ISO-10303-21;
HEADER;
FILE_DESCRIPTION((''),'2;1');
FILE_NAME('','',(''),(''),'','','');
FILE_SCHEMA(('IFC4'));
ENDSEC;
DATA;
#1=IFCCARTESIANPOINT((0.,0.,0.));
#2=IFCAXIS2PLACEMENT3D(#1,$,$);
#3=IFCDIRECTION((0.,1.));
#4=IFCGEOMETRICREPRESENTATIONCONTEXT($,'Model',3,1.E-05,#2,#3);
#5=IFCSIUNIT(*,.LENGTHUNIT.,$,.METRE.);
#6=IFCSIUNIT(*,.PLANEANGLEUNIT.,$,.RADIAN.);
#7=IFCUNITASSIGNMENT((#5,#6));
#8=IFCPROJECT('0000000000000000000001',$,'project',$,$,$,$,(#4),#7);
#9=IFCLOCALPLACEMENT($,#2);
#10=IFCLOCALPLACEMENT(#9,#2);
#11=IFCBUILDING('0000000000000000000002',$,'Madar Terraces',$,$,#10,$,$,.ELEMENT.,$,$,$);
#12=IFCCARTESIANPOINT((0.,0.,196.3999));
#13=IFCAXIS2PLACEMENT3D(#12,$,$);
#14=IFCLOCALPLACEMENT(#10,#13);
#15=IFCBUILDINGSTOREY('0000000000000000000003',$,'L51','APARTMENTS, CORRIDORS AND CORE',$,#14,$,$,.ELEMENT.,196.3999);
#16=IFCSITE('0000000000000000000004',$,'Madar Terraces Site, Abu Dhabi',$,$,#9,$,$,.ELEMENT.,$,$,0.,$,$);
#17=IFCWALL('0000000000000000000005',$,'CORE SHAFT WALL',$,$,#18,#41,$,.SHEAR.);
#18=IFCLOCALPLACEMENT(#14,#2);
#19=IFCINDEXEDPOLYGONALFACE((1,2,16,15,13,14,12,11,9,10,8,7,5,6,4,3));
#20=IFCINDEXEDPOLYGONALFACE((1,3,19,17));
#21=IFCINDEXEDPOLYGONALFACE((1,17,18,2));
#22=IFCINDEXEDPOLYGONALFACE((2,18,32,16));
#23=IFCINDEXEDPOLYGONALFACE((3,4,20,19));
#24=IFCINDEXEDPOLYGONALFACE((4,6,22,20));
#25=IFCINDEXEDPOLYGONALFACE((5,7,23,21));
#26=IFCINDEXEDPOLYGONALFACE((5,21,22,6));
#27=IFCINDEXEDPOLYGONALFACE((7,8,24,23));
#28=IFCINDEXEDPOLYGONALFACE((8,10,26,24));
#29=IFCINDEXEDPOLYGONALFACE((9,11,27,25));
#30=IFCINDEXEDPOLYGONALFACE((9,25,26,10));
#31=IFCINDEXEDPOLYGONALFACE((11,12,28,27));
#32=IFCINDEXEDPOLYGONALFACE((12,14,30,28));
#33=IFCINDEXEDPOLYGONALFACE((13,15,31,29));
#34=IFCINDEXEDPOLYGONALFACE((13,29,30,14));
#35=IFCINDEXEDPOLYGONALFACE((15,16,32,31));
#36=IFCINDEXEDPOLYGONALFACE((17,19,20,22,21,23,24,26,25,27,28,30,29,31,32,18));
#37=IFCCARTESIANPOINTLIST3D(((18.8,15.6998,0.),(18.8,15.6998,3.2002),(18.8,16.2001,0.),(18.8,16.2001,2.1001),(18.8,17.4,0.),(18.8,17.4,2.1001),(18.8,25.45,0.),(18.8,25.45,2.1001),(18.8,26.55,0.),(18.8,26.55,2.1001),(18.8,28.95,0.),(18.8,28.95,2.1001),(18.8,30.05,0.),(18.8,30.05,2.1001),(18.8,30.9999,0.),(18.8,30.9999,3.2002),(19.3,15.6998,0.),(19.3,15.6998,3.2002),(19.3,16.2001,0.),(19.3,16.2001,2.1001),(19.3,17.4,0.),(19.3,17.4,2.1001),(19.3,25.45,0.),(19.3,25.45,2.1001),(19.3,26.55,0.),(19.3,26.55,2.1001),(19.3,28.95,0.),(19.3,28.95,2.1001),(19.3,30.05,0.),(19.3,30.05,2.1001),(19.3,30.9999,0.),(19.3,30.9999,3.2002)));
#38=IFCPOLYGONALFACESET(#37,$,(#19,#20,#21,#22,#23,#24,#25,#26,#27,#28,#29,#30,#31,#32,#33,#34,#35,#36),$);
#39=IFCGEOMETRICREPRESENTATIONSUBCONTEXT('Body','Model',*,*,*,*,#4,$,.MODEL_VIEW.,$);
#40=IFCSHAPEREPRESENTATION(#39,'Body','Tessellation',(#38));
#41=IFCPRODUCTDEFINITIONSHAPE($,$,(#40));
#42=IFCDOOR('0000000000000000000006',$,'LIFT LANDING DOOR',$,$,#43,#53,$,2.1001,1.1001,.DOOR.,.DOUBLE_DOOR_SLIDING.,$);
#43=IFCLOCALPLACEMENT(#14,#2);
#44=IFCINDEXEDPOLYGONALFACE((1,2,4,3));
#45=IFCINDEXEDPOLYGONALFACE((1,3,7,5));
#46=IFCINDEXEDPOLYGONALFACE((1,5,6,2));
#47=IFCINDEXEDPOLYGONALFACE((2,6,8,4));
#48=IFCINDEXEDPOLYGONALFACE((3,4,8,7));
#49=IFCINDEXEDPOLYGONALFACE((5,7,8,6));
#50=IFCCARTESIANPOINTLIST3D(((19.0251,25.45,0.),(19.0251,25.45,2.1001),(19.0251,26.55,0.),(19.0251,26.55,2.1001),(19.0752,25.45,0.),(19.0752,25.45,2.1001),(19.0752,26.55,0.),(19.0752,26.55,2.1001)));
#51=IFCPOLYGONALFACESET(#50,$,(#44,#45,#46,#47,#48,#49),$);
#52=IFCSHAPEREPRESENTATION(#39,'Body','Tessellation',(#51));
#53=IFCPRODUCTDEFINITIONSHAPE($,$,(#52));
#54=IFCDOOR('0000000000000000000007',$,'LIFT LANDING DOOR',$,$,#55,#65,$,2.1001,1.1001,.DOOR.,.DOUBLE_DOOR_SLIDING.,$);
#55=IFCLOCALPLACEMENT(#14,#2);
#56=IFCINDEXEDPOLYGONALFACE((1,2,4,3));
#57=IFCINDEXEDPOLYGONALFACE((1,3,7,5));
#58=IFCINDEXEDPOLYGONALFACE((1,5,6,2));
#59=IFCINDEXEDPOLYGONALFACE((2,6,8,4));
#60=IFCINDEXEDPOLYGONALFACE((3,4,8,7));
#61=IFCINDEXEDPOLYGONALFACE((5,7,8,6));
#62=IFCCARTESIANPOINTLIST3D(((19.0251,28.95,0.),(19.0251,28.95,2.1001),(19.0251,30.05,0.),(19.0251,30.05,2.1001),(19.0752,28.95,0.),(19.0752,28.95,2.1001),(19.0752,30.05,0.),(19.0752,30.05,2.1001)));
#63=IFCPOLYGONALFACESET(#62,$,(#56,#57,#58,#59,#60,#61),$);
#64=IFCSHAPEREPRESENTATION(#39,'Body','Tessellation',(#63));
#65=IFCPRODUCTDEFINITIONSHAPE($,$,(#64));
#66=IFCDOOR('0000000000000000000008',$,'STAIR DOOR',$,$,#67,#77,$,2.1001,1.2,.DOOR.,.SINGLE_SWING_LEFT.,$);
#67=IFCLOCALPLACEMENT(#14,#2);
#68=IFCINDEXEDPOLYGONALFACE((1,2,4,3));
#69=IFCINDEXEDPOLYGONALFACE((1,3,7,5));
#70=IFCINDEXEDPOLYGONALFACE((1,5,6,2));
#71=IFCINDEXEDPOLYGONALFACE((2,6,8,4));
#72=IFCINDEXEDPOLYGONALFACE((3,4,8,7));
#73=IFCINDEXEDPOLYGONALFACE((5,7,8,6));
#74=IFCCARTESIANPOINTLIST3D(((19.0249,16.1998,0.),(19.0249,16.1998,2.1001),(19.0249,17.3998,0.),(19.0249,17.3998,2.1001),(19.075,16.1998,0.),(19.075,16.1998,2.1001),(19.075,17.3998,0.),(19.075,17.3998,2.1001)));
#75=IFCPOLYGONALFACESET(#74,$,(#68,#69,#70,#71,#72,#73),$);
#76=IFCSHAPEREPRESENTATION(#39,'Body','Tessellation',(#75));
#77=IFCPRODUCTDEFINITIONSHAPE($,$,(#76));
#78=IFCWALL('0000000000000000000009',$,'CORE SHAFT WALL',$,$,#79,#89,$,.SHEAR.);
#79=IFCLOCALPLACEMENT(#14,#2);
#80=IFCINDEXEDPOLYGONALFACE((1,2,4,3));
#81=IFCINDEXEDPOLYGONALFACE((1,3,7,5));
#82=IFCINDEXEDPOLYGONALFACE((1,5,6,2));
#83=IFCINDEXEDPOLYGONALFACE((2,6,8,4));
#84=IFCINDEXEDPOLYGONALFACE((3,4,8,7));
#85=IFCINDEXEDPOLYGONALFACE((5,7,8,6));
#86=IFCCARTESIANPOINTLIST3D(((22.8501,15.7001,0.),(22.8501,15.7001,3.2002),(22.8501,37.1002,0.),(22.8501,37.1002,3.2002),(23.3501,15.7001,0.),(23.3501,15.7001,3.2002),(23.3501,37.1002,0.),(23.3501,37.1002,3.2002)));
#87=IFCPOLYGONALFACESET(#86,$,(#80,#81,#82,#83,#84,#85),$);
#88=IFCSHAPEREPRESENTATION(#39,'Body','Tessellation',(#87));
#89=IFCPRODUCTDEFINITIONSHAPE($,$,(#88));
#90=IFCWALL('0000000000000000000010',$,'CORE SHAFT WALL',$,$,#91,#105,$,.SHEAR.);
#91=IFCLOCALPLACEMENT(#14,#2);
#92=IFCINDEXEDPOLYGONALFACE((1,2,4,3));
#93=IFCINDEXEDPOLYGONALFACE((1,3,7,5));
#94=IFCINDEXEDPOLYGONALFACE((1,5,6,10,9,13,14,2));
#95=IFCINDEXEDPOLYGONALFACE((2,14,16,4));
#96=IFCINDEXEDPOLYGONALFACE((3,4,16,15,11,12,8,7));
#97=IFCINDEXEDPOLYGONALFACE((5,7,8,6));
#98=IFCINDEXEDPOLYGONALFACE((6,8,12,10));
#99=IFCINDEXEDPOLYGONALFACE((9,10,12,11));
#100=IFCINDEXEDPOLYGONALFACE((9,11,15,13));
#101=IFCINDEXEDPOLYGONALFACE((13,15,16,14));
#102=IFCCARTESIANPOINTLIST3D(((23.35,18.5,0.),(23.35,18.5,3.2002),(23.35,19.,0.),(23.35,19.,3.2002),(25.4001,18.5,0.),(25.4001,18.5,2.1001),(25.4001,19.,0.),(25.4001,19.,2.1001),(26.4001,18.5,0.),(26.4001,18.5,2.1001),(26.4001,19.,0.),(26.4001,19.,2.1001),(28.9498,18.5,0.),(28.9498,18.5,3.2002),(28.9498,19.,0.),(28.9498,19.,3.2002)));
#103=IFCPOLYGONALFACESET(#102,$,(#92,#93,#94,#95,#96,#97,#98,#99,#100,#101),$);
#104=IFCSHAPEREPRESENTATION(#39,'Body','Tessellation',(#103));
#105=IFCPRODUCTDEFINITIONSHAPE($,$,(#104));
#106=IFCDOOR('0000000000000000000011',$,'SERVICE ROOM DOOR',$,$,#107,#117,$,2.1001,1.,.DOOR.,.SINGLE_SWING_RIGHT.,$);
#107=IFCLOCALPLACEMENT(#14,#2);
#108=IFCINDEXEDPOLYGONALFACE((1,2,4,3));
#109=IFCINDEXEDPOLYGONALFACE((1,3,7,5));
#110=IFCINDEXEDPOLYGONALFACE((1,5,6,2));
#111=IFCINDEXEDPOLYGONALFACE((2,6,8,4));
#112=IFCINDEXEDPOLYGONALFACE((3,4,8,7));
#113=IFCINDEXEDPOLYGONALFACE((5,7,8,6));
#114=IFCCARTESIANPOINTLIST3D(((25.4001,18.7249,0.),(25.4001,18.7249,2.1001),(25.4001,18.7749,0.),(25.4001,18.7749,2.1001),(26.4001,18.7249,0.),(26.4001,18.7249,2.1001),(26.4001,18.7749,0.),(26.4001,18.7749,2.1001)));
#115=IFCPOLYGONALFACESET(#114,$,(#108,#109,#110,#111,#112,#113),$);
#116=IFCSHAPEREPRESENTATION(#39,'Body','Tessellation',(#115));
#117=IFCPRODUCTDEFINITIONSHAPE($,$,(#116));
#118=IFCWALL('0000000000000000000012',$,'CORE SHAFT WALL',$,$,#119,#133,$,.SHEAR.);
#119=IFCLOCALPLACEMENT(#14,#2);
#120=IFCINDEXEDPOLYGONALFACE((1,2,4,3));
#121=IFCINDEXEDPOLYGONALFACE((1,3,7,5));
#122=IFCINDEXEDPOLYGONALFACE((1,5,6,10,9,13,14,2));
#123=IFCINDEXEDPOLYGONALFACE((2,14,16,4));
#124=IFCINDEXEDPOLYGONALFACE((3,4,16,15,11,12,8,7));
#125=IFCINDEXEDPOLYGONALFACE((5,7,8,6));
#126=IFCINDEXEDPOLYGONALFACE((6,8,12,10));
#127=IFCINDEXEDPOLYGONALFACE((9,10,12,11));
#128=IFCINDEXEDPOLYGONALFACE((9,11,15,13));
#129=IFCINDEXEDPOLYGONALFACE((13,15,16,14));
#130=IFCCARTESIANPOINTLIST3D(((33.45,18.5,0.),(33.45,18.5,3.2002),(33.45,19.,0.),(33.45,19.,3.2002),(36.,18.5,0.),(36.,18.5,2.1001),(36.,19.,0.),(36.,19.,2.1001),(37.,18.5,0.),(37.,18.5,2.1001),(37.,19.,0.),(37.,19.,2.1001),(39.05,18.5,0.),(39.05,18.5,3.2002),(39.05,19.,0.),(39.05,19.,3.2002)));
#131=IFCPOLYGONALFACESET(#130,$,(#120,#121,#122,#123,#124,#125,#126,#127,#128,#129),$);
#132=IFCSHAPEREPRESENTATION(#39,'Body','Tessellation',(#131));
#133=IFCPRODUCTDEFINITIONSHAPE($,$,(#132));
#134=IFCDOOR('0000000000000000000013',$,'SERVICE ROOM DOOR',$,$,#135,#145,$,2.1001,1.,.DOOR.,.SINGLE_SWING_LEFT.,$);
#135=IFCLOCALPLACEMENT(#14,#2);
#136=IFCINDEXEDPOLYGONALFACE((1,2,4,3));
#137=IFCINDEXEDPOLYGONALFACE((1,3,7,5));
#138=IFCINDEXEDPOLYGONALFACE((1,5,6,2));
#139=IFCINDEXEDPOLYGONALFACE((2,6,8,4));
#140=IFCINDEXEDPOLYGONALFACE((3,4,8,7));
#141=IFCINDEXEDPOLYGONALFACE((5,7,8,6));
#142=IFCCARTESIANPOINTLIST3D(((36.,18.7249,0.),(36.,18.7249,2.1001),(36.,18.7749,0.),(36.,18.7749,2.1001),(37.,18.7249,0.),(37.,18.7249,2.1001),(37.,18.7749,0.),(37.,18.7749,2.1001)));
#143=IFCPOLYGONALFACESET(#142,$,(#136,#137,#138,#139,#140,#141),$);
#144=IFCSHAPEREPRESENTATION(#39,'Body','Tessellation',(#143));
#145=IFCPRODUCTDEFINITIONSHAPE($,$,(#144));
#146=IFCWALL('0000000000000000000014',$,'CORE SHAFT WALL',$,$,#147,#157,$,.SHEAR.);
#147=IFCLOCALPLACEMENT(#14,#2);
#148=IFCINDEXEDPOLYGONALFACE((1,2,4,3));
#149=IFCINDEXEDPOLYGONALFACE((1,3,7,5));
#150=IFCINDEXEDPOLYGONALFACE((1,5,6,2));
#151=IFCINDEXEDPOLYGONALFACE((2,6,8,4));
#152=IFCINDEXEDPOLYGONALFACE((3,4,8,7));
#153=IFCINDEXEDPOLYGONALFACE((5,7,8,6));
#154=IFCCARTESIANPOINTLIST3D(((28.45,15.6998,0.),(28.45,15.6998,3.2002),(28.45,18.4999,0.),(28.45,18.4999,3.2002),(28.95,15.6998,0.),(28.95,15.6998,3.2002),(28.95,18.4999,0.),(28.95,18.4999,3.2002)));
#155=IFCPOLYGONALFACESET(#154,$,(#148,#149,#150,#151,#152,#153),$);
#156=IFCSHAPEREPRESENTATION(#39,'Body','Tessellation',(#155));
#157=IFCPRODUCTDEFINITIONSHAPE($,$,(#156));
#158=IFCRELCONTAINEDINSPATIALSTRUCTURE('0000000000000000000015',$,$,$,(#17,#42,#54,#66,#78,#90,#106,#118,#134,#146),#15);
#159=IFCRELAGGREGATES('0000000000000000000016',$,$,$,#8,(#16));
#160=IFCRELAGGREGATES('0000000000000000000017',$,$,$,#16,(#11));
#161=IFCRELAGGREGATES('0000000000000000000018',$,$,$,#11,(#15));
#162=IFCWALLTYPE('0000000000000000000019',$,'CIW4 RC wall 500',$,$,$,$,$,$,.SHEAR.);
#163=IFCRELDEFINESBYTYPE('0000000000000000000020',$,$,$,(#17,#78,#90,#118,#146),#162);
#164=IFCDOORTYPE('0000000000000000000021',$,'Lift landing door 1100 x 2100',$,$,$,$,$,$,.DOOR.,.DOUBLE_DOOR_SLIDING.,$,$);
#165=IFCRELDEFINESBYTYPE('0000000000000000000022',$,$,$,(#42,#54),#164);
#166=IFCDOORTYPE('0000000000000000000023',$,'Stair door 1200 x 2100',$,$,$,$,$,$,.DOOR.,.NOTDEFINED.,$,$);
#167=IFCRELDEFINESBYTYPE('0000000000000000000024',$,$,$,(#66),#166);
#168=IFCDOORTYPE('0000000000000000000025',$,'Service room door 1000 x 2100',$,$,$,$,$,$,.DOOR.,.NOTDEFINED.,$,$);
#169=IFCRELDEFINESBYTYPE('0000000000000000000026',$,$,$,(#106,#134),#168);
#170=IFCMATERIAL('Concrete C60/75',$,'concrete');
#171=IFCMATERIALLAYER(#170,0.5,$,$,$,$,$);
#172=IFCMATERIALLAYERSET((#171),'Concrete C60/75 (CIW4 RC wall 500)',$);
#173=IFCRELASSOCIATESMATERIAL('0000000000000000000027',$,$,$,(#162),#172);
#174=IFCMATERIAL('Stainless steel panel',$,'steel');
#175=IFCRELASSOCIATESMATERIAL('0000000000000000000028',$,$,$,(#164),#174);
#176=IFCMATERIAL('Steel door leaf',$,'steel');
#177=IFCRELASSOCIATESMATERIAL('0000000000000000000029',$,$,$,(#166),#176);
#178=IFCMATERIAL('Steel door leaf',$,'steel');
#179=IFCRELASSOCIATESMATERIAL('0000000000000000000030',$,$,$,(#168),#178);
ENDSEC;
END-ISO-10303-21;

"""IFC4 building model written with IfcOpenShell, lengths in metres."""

from ifc_helpers import new_model, si_unit, direction, frame, frame_2d, origin, place, context, subcontext, project, spatial, rectangle, extrude, material, layer, layer_set, type_object, element, fill, save


model = new_model("IFC4")

# Units and contexts
model_context = context("Model", 3, precision=1e-05, world=origin(), true_north=direction((0.0, 1.0)))
body_context = subcontext(model_context, "Body", "Model", "MODEL_VIEW")
ifc_project = project(units=[si_unit("LENGTHUNIT", "METRE"), si_unit("PLANEANGLEUNIT", "RADIAN")], contexts=[model_context])

# Site, building, storey
site_placement = place(None, origin())
site = spatial("IfcSite", under=ifc_project, at=site_placement, Name="Madar Terraces Site, Abu Dhabi", CompositionType="ELEMENT", RefElevation=0.0)
building_placement = place(site_placement, origin())
building = spatial("IfcBuilding", under=site, at=building_placement, Name="Madar Terraces", CompositionType="ELEMENT")
storey_placement = place(building_placement, frame((0.0, 0.0, 196.3999)))
storey = spatial("IfcBuildingStorey", under=building, at=storey_placement, Name="L51", Description="APARTMENTS, CORRIDORS AND CORE", CompositionType="ELEMENT", Elevation=196.3999)

# Wall, openings, doors
ifc_material_1 = material(Name="Concrete C60/75", Category="concrete")
ifc_layer_1 = layer(ifc_material_1, 0.5)
ifc_layer_set_1 = layer_set([ifc_layer_1], Name="Concrete C60/75 (CIW4 RC wall 500)")
wall_type_1 = type_object("IfcWallType", Name="CIW4 RC wall 500", PredefinedType="SHEAR", material=ifc_layer_set_1)
wall_1_placement = place(storey_placement, frame((19.05, 15.7, 0.0), z_axis=(0.0, 0.0, 1.0), x_axis=(0.0, 1.0, 0.0)))
wall_1 = element("IfcWall", 1, at=wall_1_placement, inside=storey, type_object=wall_type_1, Name="CORE SHAFT WALL", PredefinedType="SHEAR", context=body_context, shape_type="SweptSolid", body=[
    extrude(rectangle(XDim=15.3, YDim=0.5, at=frame_2d((7.6499, 0.0))), origin(), (0.0, 0.0, 1.0), 3.2002),
])
opening_1_placement = place(wall_1_placement, frame((9.75, 0.0, 0.0)))
opening_1 = element("IfcOpeningElement", 2, at=opening_1_placement, cuts=wall_1, PredefinedType="OPENING", context=body_context, shape_type="SweptSolid", body=[
    extrude(rectangle(XDim=1.1001, YDim=2.1001, at=frame_2d((0.55, 1.05))), frame((0.0, 0.26, 0.0), z_axis=(0.0, -1.0, 0.0), x_axis=(1.0, 0.0, 0.0)), (0.0, 0.0, 1.0), 0.52),
])
opening_2_placement = place(wall_1_placement, frame((13.25, 0.0, 0.0)))
opening_2 = element("IfcOpeningElement", 3, at=opening_2_placement, cuts=wall_1, PredefinedType="OPENING", context=body_context, shape_type="SweptSolid", body=[
    extrude(rectangle(XDim=1.1001, YDim=2.1001, at=frame_2d((0.55, 1.05))), frame((0.0, 0.26, 0.0), z_axis=(0.0, -1.0, 0.0), x_axis=(1.0, 0.0, 0.0)), (0.0, 0.0, 1.0), 0.52),
])
opening_3_placement = place(wall_1_placement, frame((0.5, 0.0, 0.0)))
opening_3 = element("IfcOpeningElement", 4, at=opening_3_placement, cuts=wall_1, PredefinedType="OPENING", context=body_context, shape_type="SweptSolid", body=[
    extrude(rectangle(XDim=1.2, YDim=2.1001, at=frame_2d((0.6001, 1.05))), frame((0.0, 0.26, 0.0), z_axis=(0.0, -1.0, 0.0), x_axis=(1.0, 0.0, 0.0)), (0.0, 0.0, 1.0), 0.52),
])
ifc_material_2 = material(Name="Stainless steel panel", Category="steel")
door_type_1 = type_object("IfcDoorType", Name="Lift landing door 1100 x 2100", OperationType="DOUBLE_DOOR_SLIDING", PredefinedType="DOOR", material=ifc_material_2)
door_1_placement = place(opening_1_placement, origin())
door_1 = element("IfcDoor", 5, at=door_1_placement, inside=storey, type_object=door_type_1, Name="LIFT LANDING DOOR", OperationType="DOUBLE_DOOR_SLIDING", OverallHeight=2.1001, OverallWidth=1.1001, PredefinedType="DOOR", context=body_context, shape_type="SweptSolid", body=[
    extrude(rectangle(XDim=1.1001, YDim=2.1001, at=frame_2d((0.55, 1.05))), frame((0.0, 0.0249, 0.0), z_axis=(0.0, -1.0, 0.0), x_axis=(1.0, 0.0, 0.0)), (0.0, 0.0, 1.0), 0.05),
])
fill(opening_1, door_1)
door_2_placement = place(opening_2_placement, origin())
door_2 = element("IfcDoor", 6, at=door_2_placement, inside=storey, type_object=door_type_1, Name="LIFT LANDING DOOR", OperationType="DOUBLE_DOOR_SLIDING", OverallHeight=2.1001, OverallWidth=1.1001, PredefinedType="DOOR", context=body_context, shape_type="SweptSolid", body=[
    extrude(rectangle(XDim=1.1001, YDim=2.1001, at=frame_2d((0.55, 1.05))), frame((0.0, 0.0249, 0.0), z_axis=(0.0, -1.0, 0.0), x_axis=(1.0, 0.0, 0.0)), (0.0, 0.0, 1.0), 0.05),
])
fill(opening_2, door_2)
ifc_material_3 = material(Name="Steel door leaf", Category="steel")
door_type_2 = type_object("IfcDoorType", Name="Stair door 1200 x 2100", OperationType="NOTDEFINED", PredefinedType="DOOR", material=ifc_material_3)
door_3_placement = place(opening_3_placement, frame((1.2, 0.0, 0.0), z_axis=(0.0, 0.0, 1.0), x_axis=(-1.0, 0.0, 0.0)))
door_3 = element("IfcDoor", 7, at=door_3_placement, inside=storey, type_object=door_type_2, Name="STAIR DOOR", OperationType="SINGLE_SWING_LEFT", OverallHeight=2.1001, OverallWidth=1.2, PredefinedType="DOOR", context=body_context, shape_type="SweptSolid", body=[
    extrude(rectangle(XDim=1.2, YDim=2.1001, at=frame_2d((0.6001, 1.05))), frame((0.0, 0.0249, 0.0), z_axis=(0.0, -1.0, 0.0), x_axis=(1.0, 0.0, 0.0)), (0.0, 0.0, 1.0), 0.05),
])
fill(opening_3, door_3)

# Wall
wall_2_placement = place(storey_placement, frame((23.1001, 15.7, 0.0), z_axis=(0.0, 0.0, 1.0), x_axis=(0.0, 1.0, 0.0)))
element("IfcWall", 8, at=wall_2_placement, inside=storey, type_object=wall_type_1, Name="CORE SHAFT WALL", PredefinedType="SHEAR", context=body_context, shape_type="SweptSolid", body=[
    extrude(rectangle(XDim=21.4001, YDim=0.5, at=frame_2d((10.7002, 0.0))), origin(), (0.0, 0.0, 1.0), 3.2002),
])

# Walls, openings, doors
wall_3_placement = place(storey_placement, frame((23.3501, 18.75, 0.0), z_axis=(0.0, 0.0, 1.0), x_axis=(1.0, 0.0, 0.0)))
wall_3 = element("IfcWall", 9, at=wall_3_placement, inside=storey, type_object=wall_type_1, Name="CORE SHAFT WALL", PredefinedType="SHEAR", context=body_context, shape_type="SweptSolid", body=[
    extrude(rectangle(XDim=5.5999, YDim=0.5, at=frame_2d((2.7998, 0.0))), origin(), (0.0, 0.0, 1.0), 3.2002),
])
opening_4_placement = place(wall_3_placement, frame((2.05, 0.0, 0.0)))
opening_4 = element("IfcOpeningElement", 10, at=opening_4_placement, cuts=wall_3, PredefinedType="OPENING", context=body_context, shape_type="SweptSolid", body=[
    extrude(rectangle(XDim=1.0, YDim=2.1001, at=frame_2d((0.5, 1.05))), frame((0.0, 0.26, 0.0), z_axis=(0.0, -1.0, 0.0), x_axis=(1.0, 0.0, 0.0)), (0.0, 0.0, 1.0), 0.52),
])
ifc_material_4 = material(Name="Steel door leaf", Category="steel")
door_type_3 = type_object("IfcDoorType", Name="Service room door 1000 x 2100", OperationType="NOTDEFINED", PredefinedType="DOOR", material=ifc_material_4)
door_4_placement = place(opening_4_placement, origin())
door_4 = element("IfcDoor", 11, at=door_4_placement, inside=storey, type_object=door_type_3, Name="SERVICE ROOM DOOR", OperationType="SINGLE_SWING_RIGHT", OverallHeight=2.1001, OverallWidth=1.0, PredefinedType="DOOR", context=body_context, shape_type="SweptSolid", body=[
    extrude(rectangle(XDim=1.0, YDim=2.1001, at=frame_2d((0.5, 1.05))), frame((0.0, 0.0249, 0.0), z_axis=(0.0, -1.0, 0.0), x_axis=(1.0, 0.0, 0.0)), (0.0, 0.0, 1.0), 0.05),
])
fill(opening_4, door_4)
wall_4_placement = place(storey_placement, frame((33.45, 18.75, 0.0), z_axis=(0.0, 0.0, 1.0), x_axis=(1.0, 0.0, 0.0)))
wall_4 = element("IfcWall", 12, at=wall_4_placement, inside=storey, type_object=wall_type_1, Name="CORE SHAFT WALL", PredefinedType="SHEAR", context=body_context, shape_type="SweptSolid", body=[
    extrude(rectangle(XDim=5.6001, YDim=0.5, at=frame_2d((2.8, 0.0))), origin(), (0.0, 0.0, 1.0), 3.2002),
])
opening_5_placement = place(wall_4_placement, frame((2.55, 0.0, 0.0)))
opening_5 = element("IfcOpeningElement", 13, at=opening_5_placement, cuts=wall_4, PredefinedType="OPENING", context=body_context, shape_type="SweptSolid", body=[
    extrude(rectangle(XDim=1.0, YDim=2.1001, at=frame_2d((0.5, 1.05))), frame((0.0, 0.26, 0.0), z_axis=(0.0, -1.0, 0.0), x_axis=(1.0, 0.0, 0.0)), (0.0, 0.0, 1.0), 0.52),
])
door_5_placement = place(opening_5_placement, origin())
door_5 = element("IfcDoor", 14, at=door_5_placement, inside=storey, type_object=door_type_3, Name="SERVICE ROOM DOOR", OperationType="SINGLE_SWING_LEFT", OverallHeight=2.1001, OverallWidth=1.0, PredefinedType="DOOR", context=body_context, shape_type="SweptSolid", body=[
    extrude(rectangle(XDim=1.0, YDim=2.1001, at=frame_2d((0.5, 1.05))), frame((0.0, 0.0249, 0.0), z_axis=(0.0, -1.0, 0.0), x_axis=(1.0, 0.0, 0.0)), (0.0, 0.0, 1.0), 0.05),
])
fill(opening_5, door_5)

# Wall
wall_5_placement = place(storey_placement, frame((28.7, 15.7, 0.0), z_axis=(0.0, 0.0, 1.0), x_axis=(0.0, 1.0, 0.0)))
element("IfcWall", 15, at=wall_5_placement, inside=storey, type_object=wall_type_1, Name="CORE SHAFT WALL", PredefinedType="SHEAR", context=body_context, shape_type="SweptSolid", body=[
    extrude(rectangle(XDim=2.8, YDim=0.5, at=frame_2d((1.3999, 0.0))), origin(), (0.0, 0.0, 1.0), 3.2002),
])

save(model, "model.ifc")
